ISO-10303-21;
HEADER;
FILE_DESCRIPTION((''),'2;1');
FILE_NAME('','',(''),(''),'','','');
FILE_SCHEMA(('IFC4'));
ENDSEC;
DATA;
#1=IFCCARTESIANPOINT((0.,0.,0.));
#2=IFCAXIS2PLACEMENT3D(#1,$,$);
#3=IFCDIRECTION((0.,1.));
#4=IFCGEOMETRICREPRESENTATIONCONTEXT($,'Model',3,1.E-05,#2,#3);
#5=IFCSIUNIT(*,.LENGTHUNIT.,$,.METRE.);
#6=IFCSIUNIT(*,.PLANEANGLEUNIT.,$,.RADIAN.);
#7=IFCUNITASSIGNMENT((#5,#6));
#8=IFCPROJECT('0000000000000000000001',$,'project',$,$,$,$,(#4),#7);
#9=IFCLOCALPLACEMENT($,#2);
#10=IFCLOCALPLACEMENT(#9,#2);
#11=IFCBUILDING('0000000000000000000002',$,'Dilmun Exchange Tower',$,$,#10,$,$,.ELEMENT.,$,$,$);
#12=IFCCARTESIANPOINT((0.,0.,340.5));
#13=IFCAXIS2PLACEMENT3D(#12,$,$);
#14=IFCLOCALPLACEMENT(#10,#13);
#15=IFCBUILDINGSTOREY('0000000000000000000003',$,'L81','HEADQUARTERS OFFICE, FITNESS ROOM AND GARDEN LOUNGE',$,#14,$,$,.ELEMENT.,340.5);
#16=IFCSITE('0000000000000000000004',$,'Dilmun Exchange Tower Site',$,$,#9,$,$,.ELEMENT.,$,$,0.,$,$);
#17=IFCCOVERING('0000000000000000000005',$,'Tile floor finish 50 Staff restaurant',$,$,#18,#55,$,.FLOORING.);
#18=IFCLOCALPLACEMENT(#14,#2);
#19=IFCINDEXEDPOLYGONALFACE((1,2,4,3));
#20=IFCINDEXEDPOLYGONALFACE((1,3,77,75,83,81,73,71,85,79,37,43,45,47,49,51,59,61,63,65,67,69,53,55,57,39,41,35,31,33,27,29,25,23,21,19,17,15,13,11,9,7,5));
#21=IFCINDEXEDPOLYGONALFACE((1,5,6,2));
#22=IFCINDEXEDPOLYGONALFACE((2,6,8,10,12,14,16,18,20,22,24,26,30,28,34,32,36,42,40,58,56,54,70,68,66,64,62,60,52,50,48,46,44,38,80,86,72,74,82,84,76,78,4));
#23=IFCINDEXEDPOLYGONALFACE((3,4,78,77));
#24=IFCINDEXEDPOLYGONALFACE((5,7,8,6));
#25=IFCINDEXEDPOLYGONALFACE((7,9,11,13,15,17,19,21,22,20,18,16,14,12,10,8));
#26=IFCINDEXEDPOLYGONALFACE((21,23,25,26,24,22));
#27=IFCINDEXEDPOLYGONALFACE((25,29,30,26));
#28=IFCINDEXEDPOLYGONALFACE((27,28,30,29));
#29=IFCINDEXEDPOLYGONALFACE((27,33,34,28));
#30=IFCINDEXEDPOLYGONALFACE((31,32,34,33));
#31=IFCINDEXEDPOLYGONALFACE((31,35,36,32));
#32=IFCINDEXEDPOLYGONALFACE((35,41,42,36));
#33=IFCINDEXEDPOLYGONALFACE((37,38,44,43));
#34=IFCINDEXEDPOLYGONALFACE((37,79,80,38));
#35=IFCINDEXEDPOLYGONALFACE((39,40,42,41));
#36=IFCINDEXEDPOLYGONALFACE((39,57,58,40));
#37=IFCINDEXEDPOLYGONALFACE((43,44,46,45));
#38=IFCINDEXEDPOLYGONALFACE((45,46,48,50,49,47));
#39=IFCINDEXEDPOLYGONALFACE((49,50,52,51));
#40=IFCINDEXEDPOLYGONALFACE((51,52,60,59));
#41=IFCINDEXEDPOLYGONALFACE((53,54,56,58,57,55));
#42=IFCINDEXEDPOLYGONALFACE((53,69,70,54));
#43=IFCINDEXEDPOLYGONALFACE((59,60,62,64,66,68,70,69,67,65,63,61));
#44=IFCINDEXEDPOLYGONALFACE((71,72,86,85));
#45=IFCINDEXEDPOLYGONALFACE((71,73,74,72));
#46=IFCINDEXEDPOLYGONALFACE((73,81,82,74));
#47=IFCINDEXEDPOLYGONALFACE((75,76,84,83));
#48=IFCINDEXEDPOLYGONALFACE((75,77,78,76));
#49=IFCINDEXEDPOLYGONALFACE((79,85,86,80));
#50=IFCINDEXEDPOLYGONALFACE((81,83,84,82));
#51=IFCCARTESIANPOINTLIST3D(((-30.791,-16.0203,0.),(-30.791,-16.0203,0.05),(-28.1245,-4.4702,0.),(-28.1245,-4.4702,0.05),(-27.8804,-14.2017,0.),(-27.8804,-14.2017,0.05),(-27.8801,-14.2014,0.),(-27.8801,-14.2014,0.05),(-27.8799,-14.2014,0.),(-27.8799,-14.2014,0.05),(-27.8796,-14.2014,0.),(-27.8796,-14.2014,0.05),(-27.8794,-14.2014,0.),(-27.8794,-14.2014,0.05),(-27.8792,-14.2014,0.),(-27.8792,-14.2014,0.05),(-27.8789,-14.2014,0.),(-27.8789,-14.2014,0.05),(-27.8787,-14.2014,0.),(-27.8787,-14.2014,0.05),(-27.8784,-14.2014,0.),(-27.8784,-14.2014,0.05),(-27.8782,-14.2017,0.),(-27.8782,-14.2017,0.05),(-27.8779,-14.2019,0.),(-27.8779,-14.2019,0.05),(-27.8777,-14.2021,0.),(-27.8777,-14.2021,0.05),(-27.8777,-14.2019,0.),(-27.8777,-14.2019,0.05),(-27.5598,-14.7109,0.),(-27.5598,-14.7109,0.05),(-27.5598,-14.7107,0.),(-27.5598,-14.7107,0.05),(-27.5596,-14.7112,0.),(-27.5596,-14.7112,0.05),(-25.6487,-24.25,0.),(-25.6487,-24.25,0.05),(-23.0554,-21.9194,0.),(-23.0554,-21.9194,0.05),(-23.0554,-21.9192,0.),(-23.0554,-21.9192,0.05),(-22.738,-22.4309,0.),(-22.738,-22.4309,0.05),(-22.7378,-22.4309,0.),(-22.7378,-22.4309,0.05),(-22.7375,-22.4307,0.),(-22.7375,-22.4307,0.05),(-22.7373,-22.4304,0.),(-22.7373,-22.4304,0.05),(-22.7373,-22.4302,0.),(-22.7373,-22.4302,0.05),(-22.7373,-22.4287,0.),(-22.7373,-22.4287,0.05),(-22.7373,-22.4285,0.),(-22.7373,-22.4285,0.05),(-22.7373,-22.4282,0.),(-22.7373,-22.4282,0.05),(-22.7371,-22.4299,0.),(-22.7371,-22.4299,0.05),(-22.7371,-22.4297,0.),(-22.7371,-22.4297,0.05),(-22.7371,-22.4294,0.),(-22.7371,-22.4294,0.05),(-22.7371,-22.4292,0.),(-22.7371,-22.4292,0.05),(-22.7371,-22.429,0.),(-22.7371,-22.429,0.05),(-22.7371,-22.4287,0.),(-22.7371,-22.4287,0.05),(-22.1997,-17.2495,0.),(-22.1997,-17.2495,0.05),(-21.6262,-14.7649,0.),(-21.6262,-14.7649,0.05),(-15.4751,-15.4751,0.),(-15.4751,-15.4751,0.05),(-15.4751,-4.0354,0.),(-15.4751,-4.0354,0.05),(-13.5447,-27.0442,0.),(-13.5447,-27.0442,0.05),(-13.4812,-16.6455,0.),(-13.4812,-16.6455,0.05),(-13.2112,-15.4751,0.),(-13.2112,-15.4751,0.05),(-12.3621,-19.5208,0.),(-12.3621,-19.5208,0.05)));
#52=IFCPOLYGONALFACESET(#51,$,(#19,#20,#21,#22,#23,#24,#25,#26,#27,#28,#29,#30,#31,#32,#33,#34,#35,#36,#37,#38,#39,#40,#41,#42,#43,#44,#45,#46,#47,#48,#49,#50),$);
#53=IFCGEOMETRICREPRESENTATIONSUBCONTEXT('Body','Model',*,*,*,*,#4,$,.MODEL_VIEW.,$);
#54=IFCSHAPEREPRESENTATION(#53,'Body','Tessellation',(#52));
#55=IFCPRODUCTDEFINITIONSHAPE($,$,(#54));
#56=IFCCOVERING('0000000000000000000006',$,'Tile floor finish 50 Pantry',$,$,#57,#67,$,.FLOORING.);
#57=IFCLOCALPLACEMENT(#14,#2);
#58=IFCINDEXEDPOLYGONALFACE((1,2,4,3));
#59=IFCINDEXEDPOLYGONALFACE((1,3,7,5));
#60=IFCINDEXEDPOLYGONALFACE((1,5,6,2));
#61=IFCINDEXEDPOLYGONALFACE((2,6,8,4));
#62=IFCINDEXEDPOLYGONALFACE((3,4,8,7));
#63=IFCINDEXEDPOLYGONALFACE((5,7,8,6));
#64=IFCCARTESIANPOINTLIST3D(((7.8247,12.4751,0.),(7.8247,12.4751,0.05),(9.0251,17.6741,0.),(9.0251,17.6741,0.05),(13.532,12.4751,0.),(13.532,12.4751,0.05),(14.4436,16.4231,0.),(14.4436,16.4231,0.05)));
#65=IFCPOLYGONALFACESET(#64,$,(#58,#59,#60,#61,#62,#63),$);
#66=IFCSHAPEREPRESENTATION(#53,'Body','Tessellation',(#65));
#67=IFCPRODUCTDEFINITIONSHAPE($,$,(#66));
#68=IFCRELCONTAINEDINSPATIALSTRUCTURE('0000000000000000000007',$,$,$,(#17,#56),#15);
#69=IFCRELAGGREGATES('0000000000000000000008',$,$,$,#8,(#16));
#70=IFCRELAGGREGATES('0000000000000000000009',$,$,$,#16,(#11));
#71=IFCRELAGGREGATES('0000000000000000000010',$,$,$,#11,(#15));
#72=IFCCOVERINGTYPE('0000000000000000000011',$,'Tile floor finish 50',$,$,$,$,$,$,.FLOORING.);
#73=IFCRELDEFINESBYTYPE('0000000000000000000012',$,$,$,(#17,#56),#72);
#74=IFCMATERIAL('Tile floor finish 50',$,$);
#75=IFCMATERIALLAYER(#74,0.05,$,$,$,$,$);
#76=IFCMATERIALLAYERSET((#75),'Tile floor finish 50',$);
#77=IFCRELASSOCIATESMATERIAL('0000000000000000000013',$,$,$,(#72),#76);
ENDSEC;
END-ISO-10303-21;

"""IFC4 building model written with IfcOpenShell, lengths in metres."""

from ifc_helpers import new_model, si_unit, direction, frame, origin, place, context, subcontext, project, spatial, polyline, outline, extrude, material, layer, layer_set, type_object, element, save


model = new_model("IFC4")

# Units and contexts
model_context = context("Model", 3, precision=1e-05, world=origin(), true_north=direction((0.0, 1.0)))
body_context = subcontext(model_context, "Body", "Model", "MODEL_VIEW")
ifc_project = project(units=[si_unit("LENGTHUNIT", "METRE"), si_unit("PLANEANGLEUNIT", "RADIAN")], contexts=[model_context])

# Site, building, storey
site_placement = place(None, origin())
site = spatial("IfcSite", under=ifc_project, at=site_placement, Name="Dilmun Exchange Tower Site", CompositionType="ELEMENT", RefElevation=0.0)
building_placement = place(site_placement, origin())
building = spatial("IfcBuilding", under=site, at=building_placement, Name="Dilmun Exchange Tower", CompositionType="ELEMENT")
storey_placement = place(building_placement, frame((0.0, 0.0, 340.5)))
storey = spatial("IfcBuildingStorey", under=building, at=storey_placement, Name="L81", Description="HEADQUARTERS OFFICE, FITNESS ROOM AND GARDEN LOUNGE", CompositionType="ELEMENT", Elevation=340.5)

# Coverings
ifc_material_1 = material(Name="Tile floor finish 50")
ifc_layer_1 = layer(ifc_material_1, 0.05)
ifc_layer_set_1 = layer_set([ifc_layer_1], Name="Tile floor finish 50")
covering_type_1 = type_object("IfcCoveringType", Name="Tile floor finish 50", PredefinedType="FLOORING", material=ifc_layer_set_1)
covering_1_placement = place(storey_placement, origin())
element("IfcCovering", 1, at=covering_1_placement, inside=storey, type_object=covering_type_1, Name="Tile floor finish 50 Staff restaurant", PredefinedType="FLOORING", context=body_context, shape_type="SweptSolid", body=[
    extrude(outline(polyline([(-12.3621, -19.5208), (-13.5447, -27.0442), (-25.6487, -24.25), (-22.738, -22.4309), (-22.7378, -22.4309), (-22.7378, -22.4309), (-22.7375, -22.4307), (-22.7373, -22.4304), (-22.7373, -22.4304), (-22.7373, -22.4302), (-22.7371, -22.4299), (-22.7371, -22.4297), (-22.7371, -22.4297), (-22.7371, -22.4294), (-22.7371, -22.4292), (-22.7371, -22.429), (-22.7371, -22.4287), (-22.7373, -22.4287), (-22.7373, -22.4285), (-22.7373, -22.4282), (-23.0554, -21.9194), (-23.0554, -21.9192), (-23.0554, -21.9192), (-27.5596, -14.7112), (-27.5598, -14.7109), (-27.5598, -14.7107), (-27.8777, -14.2021), (-27.8777, -14.2021), (-27.8777, -14.2019), (-27.8779, -14.2019), (-27.8782, -14.2017), (-27.8784, -14.2014), (-27.8784, -14.2014), (-27.8787, -14.2014), (-27.8789, -14.2014), (-27.8789, -14.2014), (-27.8792, -14.2014), (-27.8794, -14.2014), (-27.8796, -14.2014), (-27.8799, -14.2014), (-27.8799, -14.2014), (-27.8801, -14.2014), (-27.8804, -14.2017), (-30.791, -16.0203), (-28.1245, -4.4702), (-15.4751, -4.0354), (-15.4751, -15.4751), (-13.2112, -15.4751), (-13.4812, -16.6455), (-21.6262, -14.7649), (-22.1997, -17.2495), (-12.3621, -19.5208)])), origin(), (0.0, 0.0, 1.0), 0.05),
])
covering_2_placement = place(storey_placement, origin())
element("IfcCovering", 2, at=covering_2_placement, inside=storey, type_object=covering_type_1, Name="Tile floor finish 50 Pantry", PredefinedType="FLOORING", context=body_context, shape_type="SweptSolid", body=[
    extrude(outline(polyline([(14.4436, 16.4231), (13.532, 12.4751), (7.8247, 12.4751), (9.0251, 17.6741), (14.4436, 16.4231)])), origin(), (0.0, 0.0, 1.0), 0.05),
])

save(model, "model.ifc")
